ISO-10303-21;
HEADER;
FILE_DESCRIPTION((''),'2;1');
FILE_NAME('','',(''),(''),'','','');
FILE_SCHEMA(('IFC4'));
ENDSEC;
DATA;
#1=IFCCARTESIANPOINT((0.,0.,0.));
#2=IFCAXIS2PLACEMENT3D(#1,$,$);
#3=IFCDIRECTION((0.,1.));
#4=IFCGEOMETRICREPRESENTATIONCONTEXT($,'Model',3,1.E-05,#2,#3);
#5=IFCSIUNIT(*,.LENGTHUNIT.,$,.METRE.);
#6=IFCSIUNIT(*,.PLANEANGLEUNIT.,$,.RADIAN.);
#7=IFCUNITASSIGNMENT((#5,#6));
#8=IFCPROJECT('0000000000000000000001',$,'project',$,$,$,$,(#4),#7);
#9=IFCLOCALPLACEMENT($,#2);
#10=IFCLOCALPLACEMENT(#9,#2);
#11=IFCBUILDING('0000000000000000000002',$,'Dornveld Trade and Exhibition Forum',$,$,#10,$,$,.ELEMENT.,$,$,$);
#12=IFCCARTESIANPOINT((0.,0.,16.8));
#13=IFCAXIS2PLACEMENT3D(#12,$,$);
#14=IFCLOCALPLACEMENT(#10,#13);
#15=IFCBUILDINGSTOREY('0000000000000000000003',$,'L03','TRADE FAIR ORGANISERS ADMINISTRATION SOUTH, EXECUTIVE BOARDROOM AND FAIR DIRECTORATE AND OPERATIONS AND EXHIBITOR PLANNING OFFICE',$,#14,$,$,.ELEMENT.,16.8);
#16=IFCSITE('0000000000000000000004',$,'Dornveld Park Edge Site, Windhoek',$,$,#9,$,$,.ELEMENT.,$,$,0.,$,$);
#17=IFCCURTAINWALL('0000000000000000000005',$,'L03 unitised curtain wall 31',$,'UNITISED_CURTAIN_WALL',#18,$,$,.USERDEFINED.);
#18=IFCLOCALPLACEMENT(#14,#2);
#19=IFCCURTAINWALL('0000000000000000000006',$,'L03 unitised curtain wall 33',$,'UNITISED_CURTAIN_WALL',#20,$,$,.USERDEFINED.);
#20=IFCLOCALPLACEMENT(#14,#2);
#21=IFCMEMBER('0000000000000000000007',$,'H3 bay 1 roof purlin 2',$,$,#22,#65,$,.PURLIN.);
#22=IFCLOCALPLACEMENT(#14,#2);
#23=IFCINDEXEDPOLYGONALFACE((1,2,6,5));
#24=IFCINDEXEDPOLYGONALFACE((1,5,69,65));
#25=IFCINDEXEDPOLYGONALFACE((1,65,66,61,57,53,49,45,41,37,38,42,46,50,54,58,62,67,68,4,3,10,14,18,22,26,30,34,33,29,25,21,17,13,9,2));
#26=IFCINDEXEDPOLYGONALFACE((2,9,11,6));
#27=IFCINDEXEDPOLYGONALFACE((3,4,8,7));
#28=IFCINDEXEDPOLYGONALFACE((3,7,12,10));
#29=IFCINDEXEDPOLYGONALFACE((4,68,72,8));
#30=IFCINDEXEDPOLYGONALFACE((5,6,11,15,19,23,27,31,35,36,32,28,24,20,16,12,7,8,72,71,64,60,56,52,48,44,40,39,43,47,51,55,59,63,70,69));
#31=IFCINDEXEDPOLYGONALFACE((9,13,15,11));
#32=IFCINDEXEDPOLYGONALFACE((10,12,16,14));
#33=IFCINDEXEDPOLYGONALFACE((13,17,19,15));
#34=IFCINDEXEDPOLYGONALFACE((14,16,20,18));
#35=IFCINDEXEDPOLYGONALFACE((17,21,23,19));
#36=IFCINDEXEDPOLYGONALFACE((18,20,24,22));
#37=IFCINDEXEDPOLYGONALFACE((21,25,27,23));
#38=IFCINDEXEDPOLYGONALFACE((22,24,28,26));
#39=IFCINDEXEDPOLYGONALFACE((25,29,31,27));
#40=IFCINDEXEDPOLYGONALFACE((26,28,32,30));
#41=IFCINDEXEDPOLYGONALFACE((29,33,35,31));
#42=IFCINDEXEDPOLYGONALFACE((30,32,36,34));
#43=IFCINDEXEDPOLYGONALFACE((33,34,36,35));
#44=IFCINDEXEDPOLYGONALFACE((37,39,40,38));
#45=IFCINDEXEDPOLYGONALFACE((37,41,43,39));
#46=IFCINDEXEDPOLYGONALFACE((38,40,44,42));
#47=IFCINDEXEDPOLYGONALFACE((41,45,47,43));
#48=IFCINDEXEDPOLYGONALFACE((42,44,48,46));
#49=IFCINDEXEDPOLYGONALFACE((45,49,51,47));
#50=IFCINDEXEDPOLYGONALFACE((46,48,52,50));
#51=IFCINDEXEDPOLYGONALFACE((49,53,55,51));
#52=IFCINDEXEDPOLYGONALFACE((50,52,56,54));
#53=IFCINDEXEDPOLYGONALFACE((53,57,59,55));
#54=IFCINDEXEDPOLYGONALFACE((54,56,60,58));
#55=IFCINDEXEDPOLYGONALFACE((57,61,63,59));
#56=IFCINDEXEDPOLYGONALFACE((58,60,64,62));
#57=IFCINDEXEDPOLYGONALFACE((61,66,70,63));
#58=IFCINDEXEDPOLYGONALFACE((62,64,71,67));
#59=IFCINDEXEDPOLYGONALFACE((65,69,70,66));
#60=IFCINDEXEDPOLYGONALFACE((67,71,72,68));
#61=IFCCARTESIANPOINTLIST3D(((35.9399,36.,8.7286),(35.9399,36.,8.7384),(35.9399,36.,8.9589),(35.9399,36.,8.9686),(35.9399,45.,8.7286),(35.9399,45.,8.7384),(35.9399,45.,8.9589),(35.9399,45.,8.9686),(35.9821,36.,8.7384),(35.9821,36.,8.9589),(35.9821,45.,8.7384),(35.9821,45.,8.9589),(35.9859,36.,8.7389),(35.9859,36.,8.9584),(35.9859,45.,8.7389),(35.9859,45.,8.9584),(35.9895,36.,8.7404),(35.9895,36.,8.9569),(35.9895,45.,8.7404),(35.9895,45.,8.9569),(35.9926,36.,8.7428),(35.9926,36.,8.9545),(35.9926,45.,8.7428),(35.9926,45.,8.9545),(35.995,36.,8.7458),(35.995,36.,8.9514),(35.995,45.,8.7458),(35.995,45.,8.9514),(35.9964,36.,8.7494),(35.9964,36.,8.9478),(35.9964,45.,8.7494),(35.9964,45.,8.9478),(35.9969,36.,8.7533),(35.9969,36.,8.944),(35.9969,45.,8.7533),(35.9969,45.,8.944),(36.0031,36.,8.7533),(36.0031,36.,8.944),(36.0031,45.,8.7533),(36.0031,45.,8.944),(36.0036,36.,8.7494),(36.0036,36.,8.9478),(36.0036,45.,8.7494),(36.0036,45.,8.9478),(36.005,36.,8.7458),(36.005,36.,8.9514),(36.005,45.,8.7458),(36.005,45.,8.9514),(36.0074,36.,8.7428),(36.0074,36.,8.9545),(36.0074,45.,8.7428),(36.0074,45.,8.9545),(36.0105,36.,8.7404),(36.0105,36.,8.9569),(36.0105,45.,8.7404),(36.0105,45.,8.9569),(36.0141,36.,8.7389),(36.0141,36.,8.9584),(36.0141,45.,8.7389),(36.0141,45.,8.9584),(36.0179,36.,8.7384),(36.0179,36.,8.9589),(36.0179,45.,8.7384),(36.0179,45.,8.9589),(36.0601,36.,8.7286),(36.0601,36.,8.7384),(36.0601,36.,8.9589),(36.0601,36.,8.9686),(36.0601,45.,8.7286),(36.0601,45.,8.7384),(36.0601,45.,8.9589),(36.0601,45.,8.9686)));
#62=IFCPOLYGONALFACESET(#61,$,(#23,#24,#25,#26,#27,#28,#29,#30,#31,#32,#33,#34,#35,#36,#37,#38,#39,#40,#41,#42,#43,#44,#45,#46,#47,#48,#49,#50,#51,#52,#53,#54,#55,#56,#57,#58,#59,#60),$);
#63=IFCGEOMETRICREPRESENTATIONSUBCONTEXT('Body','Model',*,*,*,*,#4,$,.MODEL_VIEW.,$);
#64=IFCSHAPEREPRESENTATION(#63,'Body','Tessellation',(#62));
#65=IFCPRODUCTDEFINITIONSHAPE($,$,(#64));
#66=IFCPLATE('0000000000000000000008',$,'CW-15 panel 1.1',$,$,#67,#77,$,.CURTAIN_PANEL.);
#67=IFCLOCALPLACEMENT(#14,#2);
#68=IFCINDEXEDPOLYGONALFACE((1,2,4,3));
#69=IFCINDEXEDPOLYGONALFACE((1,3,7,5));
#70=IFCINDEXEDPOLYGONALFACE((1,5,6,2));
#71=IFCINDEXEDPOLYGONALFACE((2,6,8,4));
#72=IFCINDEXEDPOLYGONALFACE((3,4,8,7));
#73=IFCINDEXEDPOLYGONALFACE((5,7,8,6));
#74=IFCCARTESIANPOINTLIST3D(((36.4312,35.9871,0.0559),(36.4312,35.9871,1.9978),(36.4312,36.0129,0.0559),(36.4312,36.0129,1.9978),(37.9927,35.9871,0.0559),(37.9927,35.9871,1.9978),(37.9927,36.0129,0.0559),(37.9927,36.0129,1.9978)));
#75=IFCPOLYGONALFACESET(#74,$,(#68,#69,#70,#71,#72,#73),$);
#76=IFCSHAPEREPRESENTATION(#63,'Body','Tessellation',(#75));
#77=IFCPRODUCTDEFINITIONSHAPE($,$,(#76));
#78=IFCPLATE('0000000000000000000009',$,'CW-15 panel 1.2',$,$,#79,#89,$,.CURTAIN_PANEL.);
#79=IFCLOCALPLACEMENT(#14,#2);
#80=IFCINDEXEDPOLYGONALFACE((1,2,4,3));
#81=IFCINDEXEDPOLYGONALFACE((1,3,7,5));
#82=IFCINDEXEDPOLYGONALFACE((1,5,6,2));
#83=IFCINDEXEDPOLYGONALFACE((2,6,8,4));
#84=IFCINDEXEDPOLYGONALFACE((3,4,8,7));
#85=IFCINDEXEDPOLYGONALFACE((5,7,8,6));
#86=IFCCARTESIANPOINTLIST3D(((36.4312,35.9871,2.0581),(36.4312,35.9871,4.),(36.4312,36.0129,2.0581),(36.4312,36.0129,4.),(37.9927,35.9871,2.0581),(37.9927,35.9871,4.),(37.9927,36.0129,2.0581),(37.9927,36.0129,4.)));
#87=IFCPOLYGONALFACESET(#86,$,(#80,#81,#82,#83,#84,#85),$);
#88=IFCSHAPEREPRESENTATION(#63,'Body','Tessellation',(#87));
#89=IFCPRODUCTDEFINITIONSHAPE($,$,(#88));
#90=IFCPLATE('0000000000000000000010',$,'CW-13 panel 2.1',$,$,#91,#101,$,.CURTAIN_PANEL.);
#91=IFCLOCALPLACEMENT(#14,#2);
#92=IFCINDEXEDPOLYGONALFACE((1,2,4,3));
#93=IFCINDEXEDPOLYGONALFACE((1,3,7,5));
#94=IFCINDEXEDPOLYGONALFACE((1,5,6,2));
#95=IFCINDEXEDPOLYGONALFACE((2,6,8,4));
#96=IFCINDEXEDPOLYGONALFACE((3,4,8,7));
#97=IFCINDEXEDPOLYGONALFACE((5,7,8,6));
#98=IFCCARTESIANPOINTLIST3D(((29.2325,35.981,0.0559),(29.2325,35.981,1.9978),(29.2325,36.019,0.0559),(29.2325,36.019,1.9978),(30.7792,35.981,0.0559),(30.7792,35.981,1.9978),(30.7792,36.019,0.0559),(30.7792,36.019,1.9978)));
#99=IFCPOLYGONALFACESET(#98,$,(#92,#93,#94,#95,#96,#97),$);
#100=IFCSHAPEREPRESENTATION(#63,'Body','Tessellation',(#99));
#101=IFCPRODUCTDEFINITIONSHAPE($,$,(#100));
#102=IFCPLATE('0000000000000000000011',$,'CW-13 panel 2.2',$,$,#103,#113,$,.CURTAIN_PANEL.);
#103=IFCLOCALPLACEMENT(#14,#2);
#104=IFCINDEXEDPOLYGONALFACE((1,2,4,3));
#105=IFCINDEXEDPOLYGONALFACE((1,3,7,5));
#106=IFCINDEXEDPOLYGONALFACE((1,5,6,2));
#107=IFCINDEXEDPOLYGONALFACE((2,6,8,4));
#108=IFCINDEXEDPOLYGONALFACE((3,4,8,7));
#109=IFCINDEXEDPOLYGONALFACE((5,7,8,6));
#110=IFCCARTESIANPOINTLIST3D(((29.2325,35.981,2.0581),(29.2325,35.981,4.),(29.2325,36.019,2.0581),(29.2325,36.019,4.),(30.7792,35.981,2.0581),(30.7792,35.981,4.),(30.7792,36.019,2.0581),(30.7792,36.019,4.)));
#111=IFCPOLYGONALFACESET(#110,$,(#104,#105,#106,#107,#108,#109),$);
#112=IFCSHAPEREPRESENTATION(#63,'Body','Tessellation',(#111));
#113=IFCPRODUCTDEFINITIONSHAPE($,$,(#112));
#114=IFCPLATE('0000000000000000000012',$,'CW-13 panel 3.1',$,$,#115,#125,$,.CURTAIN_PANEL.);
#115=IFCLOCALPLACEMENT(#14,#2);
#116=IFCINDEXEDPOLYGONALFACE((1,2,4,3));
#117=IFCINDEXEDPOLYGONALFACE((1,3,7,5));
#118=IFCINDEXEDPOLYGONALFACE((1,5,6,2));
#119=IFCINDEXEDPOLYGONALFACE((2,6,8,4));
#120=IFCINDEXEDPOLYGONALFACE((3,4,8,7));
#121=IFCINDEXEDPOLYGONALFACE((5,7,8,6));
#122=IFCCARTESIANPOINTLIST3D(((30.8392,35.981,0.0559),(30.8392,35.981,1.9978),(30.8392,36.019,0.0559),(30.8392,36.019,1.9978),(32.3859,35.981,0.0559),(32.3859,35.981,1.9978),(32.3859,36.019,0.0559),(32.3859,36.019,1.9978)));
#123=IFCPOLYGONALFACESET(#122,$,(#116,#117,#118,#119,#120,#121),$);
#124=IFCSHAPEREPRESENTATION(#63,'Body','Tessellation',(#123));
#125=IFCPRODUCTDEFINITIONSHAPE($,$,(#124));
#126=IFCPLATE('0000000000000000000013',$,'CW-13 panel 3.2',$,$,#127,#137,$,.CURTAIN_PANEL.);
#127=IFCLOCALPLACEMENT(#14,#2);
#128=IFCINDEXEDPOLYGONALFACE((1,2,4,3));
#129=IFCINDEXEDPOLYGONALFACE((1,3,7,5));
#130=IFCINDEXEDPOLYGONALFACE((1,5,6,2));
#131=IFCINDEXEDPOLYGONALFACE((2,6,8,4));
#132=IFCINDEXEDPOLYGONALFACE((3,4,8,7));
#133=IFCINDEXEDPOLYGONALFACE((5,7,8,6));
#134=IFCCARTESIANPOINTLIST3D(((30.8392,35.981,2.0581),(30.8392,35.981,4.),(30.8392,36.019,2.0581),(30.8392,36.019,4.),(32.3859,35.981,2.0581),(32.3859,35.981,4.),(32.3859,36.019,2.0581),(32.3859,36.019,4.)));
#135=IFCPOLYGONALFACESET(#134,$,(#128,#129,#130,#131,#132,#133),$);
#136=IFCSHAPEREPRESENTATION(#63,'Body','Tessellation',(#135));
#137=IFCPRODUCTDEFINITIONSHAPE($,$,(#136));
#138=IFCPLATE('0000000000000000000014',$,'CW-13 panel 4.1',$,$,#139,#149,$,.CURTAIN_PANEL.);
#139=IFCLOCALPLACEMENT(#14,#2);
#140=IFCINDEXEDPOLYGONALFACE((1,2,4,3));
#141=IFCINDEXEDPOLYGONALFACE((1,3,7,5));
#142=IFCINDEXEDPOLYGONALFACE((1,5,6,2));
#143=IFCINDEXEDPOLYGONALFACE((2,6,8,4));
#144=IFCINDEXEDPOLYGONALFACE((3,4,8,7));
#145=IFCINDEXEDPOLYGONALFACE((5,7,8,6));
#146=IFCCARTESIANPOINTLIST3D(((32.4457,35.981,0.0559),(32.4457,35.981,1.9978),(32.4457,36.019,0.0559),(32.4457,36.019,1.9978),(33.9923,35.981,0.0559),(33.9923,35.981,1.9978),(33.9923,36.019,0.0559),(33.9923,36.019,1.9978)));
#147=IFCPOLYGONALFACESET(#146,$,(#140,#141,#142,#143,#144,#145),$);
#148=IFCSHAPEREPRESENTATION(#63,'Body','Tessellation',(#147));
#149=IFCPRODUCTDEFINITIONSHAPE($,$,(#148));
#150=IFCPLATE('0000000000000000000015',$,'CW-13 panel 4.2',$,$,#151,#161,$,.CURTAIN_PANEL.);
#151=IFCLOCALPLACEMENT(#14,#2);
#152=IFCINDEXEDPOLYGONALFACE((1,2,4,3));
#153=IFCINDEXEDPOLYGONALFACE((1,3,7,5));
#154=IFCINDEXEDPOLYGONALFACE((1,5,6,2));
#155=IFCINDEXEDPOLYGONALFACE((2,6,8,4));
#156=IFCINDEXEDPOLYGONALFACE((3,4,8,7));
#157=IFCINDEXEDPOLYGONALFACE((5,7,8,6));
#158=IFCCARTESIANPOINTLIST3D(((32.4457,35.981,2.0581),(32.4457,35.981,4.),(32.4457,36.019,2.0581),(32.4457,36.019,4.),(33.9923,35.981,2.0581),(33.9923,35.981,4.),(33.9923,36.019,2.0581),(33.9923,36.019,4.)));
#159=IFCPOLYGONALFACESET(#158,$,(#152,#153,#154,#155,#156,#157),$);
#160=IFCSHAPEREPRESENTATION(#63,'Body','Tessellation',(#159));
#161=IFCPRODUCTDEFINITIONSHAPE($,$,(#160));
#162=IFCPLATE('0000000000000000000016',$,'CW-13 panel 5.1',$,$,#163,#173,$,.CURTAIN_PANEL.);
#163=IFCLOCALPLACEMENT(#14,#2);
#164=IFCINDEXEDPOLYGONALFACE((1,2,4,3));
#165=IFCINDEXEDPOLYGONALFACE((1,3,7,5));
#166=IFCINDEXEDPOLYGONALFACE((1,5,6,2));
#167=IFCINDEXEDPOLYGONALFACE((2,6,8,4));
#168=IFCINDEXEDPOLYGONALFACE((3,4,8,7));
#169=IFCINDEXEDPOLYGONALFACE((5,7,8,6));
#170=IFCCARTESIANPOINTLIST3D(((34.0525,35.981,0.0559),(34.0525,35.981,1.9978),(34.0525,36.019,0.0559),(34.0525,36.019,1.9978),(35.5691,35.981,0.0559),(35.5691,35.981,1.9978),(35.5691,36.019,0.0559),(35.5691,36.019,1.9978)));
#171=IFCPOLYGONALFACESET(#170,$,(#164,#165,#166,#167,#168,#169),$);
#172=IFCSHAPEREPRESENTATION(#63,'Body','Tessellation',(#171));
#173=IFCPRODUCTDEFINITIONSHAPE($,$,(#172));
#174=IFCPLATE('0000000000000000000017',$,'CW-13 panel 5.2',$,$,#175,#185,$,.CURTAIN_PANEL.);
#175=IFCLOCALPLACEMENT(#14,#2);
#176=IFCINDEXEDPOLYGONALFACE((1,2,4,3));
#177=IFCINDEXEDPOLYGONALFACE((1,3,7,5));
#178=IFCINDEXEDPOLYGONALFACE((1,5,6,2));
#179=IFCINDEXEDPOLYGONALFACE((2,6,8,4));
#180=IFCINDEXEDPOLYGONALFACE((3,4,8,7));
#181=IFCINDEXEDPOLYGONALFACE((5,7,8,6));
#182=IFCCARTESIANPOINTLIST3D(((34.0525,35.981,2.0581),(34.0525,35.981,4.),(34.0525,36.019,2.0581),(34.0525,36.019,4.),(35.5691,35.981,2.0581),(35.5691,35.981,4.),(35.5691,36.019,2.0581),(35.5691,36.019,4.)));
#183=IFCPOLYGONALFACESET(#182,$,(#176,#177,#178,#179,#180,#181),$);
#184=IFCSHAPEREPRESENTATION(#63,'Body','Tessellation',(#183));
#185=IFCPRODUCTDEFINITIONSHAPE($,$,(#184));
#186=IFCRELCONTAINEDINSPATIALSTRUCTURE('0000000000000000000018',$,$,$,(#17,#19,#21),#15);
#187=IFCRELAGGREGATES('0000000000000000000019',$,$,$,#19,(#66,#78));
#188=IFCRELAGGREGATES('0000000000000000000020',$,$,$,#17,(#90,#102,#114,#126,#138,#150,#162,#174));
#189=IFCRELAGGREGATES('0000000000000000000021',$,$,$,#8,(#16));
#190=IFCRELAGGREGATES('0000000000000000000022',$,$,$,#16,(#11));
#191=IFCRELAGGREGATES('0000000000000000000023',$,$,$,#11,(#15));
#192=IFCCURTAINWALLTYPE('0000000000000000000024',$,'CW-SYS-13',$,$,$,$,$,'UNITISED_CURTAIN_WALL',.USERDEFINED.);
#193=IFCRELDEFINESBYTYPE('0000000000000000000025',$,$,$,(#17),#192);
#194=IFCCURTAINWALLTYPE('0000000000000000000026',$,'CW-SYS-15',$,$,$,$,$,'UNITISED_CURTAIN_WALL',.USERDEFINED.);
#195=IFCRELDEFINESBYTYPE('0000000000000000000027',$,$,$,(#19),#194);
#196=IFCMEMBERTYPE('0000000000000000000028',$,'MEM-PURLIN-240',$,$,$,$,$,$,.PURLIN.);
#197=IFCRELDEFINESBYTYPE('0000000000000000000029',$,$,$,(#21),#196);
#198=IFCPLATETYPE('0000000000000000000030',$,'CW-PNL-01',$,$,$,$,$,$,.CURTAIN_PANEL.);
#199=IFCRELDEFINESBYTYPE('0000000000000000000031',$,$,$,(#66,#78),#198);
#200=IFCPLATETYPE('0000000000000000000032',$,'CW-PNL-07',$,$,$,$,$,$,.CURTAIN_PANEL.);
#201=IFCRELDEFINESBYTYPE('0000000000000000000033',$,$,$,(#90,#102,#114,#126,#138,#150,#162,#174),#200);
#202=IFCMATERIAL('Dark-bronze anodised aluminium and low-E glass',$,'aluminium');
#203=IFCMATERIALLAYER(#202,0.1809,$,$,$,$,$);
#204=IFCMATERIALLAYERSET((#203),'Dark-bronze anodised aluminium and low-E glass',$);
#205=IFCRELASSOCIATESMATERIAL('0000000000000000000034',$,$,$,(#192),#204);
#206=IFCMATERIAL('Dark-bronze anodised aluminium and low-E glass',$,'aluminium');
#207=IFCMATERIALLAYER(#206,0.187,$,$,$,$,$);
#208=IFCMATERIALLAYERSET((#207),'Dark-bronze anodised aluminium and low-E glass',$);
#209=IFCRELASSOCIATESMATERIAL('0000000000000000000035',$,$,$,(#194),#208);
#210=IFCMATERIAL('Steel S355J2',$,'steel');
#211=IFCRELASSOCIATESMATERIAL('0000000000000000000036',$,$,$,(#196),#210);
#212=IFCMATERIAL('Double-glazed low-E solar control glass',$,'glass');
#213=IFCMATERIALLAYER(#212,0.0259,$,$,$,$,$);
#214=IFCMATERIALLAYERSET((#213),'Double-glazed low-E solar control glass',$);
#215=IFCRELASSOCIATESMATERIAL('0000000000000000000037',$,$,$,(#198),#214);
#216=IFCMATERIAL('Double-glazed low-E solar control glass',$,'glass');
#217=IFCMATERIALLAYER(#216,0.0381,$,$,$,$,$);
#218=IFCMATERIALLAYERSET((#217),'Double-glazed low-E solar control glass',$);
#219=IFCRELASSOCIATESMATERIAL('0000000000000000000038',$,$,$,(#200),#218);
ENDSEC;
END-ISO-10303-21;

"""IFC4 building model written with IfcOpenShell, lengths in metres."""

from ifc_helpers import new_model, si_unit, direction, frame, origin, origin_2d, place, context, subcontext, project, spatial, rectangle, i_section, extrude, material, layer, layer_set, material_profile, profile_set, type_object, element, aggregate, save


model = new_model("IFC4")

# Units and contexts
model_context = context("Model", 3, precision=1e-05, world=origin(), true_north=direction((0.0, 1.0)))
body_context = subcontext(model_context, "Body", "Model", "MODEL_VIEW")
ifc_project = project(units=[si_unit("LENGTHUNIT", "METRE"), si_unit("PLANEANGLEUNIT", "RADIAN")], contexts=[model_context])

# Site, building, storey
site_placement = place(None, origin())
site = spatial("IfcSite", under=ifc_project, at=site_placement, Name="Dornveld Park Edge Site, Windhoek", CompositionType="ELEMENT", RefElevation=0.0)
building_placement = place(site_placement, origin())
building = spatial("IfcBuilding", under=site, at=building_placement, Name="Dornveld Trade and Exhibition Forum", CompositionType="ELEMENT")
storey_placement = place(building_placement, frame((0.0, 0.0, 16.8)))
storey = spatial("IfcBuildingStorey", under=building, at=storey_placement, Name="L03", Description="TRADE FAIR ORGANISERS ADMINISTRATION SOUTH, EXECUTIVE BOARDROOM AND FAIR DIRECTORATE AND OPERATIONS AND EXHIBITOR PLANNING OFFICE", CompositionType="ELEMENT", Elevation=16.8)

# Curtain walls
ifc_material_1 = material(Name="Dark-bronze anodised aluminium and low-E glass", Category="aluminium")
ifc_layer_1 = layer(ifc_material_1, 0.1809)
ifc_layer_set_1 = layer_set([ifc_layer_1], Name="Dark-bronze anodised aluminium and low-E glass")
curtain_wall_type_1 = type_object("IfcCurtainWallType", Name="CW-SYS-13", ElementType="UNITISED_CURTAIN_WALL", PredefinedType="USERDEFINED", material=ifc_layer_set_1)
curtain_wall_1_placement = place(storey_placement, origin())
curtain_wall_1 = element("IfcCurtainWall", 1, at=curtain_wall_1_placement, inside=storey, type_object=curtain_wall_type_1, Name="L03 unitised curtain wall 31", ObjectType="UNITISED_CURTAIN_WALL", PredefinedType="USERDEFINED")
ifc_material_2 = material(Name="Dark-bronze anodised aluminium and low-E glass", Category="aluminium")
ifc_layer_2 = layer(ifc_material_2, 0.187)
ifc_layer_set_2 = layer_set([ifc_layer_2], Name="Dark-bronze anodised aluminium and low-E glass")
curtain_wall_type_2 = type_object("IfcCurtainWallType", Name="CW-SYS-15", ElementType="UNITISED_CURTAIN_WALL", PredefinedType="USERDEFINED", material=ifc_layer_set_2)
curtain_wall_2_placement = place(storey_placement, origin())
curtain_wall_2 = element("IfcCurtainWall", 2, at=curtain_wall_2_placement, inside=storey, type_object=curtain_wall_type_2, Name="L03 unitised curtain wall 33", ObjectType="UNITISED_CURTAIN_WALL", PredefinedType="USERDEFINED")

# Member
ifc_material_3 = material(Name="Steel S355J2", Category="steel")
ifc_material_profile_1 = material_profile(ifc_material_3, i_section(OverallWidth=0.1201, OverallDepth=0.24, WebThickness=0.0061, FlangeThickness=0.0098, FilletRadius=0.0149, at=origin_2d()), Name="IPE 240")
ifc_profile_set_1 = profile_set([ifc_material_profile_1], Name="Steel S355J2")
member_type_1 = type_object("IfcMemberType", Name="MEM-PURLIN-240", PredefinedType="PURLIN", material=ifc_profile_set_1)
member_1_placement = place(storey_placement, frame((36.0, 36.0, 8.8486), z_axis=(0.0, 1.0, 0.0), x_axis=(-1.0, 0.0, 0.0)))
element("IfcMember", 3, at=member_1_placement, inside=storey, type_object=member_type_1, Name="H3 bay 1 roof purlin 2", PredefinedType="PURLIN", context=body_context, shape_type="SweptSolid", body=[
    extrude(i_section(OverallWidth=0.1201, OverallDepth=0.24, WebThickness=0.0061, FlangeThickness=0.0098, FilletRadius=0.0149, at=origin_2d()), origin(), (0.0, 0.0, 1.0), 9.0),
])

# Plates
ifc_material_4 = material(Name="Double-glazed low-E solar control glass", Category="glass")
ifc_layer_3 = layer(ifc_material_4, 0.0259)
ifc_layer_set_3 = layer_set([ifc_layer_3], Name="Double-glazed low-E solar control glass")
plate_type_1 = type_object("IfcPlateType", Name="CW-PNL-01", PredefinedType="CURTAIN_PANEL", material=ifc_layer_set_3)
plate_1_placement = place(storey_placement, frame((37.2119, 36.0, 0.0559), z_axis=(0.0, 0.0, 1.0), x_axis=(1.0, 0.0, 0.0)))
plate_1 = element("IfcPlate", 4, at=plate_1_placement, type_object=plate_type_1, Name="CW-15 panel 1.1", PredefinedType="CURTAIN_PANEL", context=body_context, shape_type="SweptSolid", body=[
    extrude(rectangle(XDim=1.5615, YDim=0.0259, at=origin_2d()), origin(), (0.0, 0.0, 1.0), 1.9419),
])
plate_2_placement = place(storey_placement, frame((37.2119, 36.0, 2.0581), z_axis=(0.0, 0.0, 1.0), x_axis=(1.0, 0.0, 0.0)))
plate_2 = element("IfcPlate", 5, at=plate_2_placement, type_object=plate_type_1, Name="CW-15 panel 1.2", PredefinedType="CURTAIN_PANEL", context=body_context, shape_type="SweptSolid", body=[
    extrude(rectangle(XDim=1.5615, YDim=0.0259, at=origin_2d()), origin(), (0.0, 0.0, 1.0), 1.9419),
])
aggregate(curtain_wall_2, [plate_1, plate_2])
ifc_material_5 = material(Name="Double-glazed low-E solar control glass", Category="glass")
ifc_layer_4 = layer(ifc_material_5, 0.0381)
ifc_layer_set_4 = layer_set([ifc_layer_4], Name="Double-glazed low-E solar control glass")
plate_type_2 = type_object("IfcPlateType", Name="CW-PNL-07", PredefinedType="CURTAIN_PANEL", material=ifc_layer_set_4)
plate_3_placement = place(storey_placement, frame((30.0059, 36.0, 0.0559), z_axis=(0.0, 0.0, 1.0), x_axis=(1.0, 0.0, 0.0)))
plate_3 = element("IfcPlate", 6, at=plate_3_placement, type_object=plate_type_2, Name="CW-13 panel 2.1", PredefinedType="CURTAIN_PANEL", context=body_context, shape_type="SweptSolid", body=[
    extrude(rectangle(XDim=1.5466, YDim=0.0381, at=origin_2d()), origin(), (0.0, 0.0, 1.0), 1.9419),
])
plate_4_placement = place(storey_placement, frame((30.0059, 36.0, 2.0581), z_axis=(0.0, 0.0, 1.0), x_axis=(1.0, 0.0, 0.0)))
plate_4 = element("IfcPlate", 7, at=plate_4_placement, type_object=plate_type_2, Name="CW-13 panel 2.2", PredefinedType="CURTAIN_PANEL", context=body_context, shape_type="SweptSolid", body=[
    extrude(rectangle(XDim=1.5466, YDim=0.0381, at=origin_2d()), origin(), (0.0, 0.0, 1.0), 1.9419),
])
plate_5_placement = place(storey_placement, frame((31.6125, 36.0, 0.0559), z_axis=(0.0, 0.0, 1.0), x_axis=(1.0, 0.0, 0.0)))
plate_5 = element("IfcPlate", 8, at=plate_5_placement, type_object=plate_type_2, Name="CW-13 panel 3.1", PredefinedType="CURTAIN_PANEL", context=body_context, shape_type="SweptSolid", body=[
    extrude(rectangle(XDim=1.5466, YDim=0.0381, at=origin_2d()), origin(), (0.0, 0.0, 1.0), 1.9419),
])
plate_6_placement = place(storey_placement, frame((31.6125, 36.0, 2.0581), z_axis=(0.0, 0.0, 1.0), x_axis=(1.0, 0.0, 0.0)))
plate_6 = element("IfcPlate", 9, at=plate_6_placement, type_object=plate_type_2, Name="CW-13 panel 3.2", PredefinedType="CURTAIN_PANEL", context=body_context, shape_type="SweptSolid", body=[
    extrude(rectangle(XDim=1.5466, YDim=0.0381, at=origin_2d()), origin(), (0.0, 0.0, 1.0), 1.9419),
])
plate_7_placement = place(storey_placement, frame((33.219, 36.0, 0.0559), z_axis=(0.0, 0.0, 1.0), x_axis=(1.0, 0.0, 0.0)))
plate_7 = element("IfcPlate", 10, at=plate_7_placement, type_object=plate_type_2, Name="CW-13 panel 4.1", PredefinedType="CURTAIN_PANEL", context=body_context, shape_type="SweptSolid", body=[
    extrude(rectangle(XDim=1.5466, YDim=0.0381, at=origin_2d()), origin(), (0.0, 0.0, 1.0), 1.9419),
])
plate_8_placement = place(storey_placement, frame((33.219, 36.0, 2.0581), z_axis=(0.0, 0.0, 1.0), x_axis=(1.0, 0.0, 0.0)))
plate_8 = element("IfcPlate", 11, at=plate_8_placement, type_object=plate_type_2, Name="CW-13 panel 4.2", PredefinedType="CURTAIN_PANEL", context=body_context, shape_type="SweptSolid", body=[
    extrude(rectangle(XDim=1.5466, YDim=0.0381, at=origin_2d()), origin(), (0.0, 0.0, 1.0), 1.9419),
])
plate_9_placement = place(storey_placement, frame((34.8108, 36.0, 0.0559), z_axis=(0.0, 0.0, 1.0), x_axis=(1.0, 0.0, 0.0)))
plate_9 = element("IfcPlate", 12, at=plate_9_placement, type_object=plate_type_2, Name="CW-13 panel 5.1", PredefinedType="CURTAIN_PANEL", context=body_context, shape_type="SweptSolid", body=[
    extrude(rectangle(XDim=1.5166, YDim=0.0381, at=origin_2d()), origin(), (0.0, 0.0, 1.0), 1.9419),
])
plate_10_placement = place(storey_placement, frame((34.8108, 36.0, 2.0581), z_axis=(0.0, 0.0, 1.0), x_axis=(1.0, 0.0, 0.0)))
plate_10 = element("IfcPlate", 13, at=plate_10_placement, type_object=plate_type_2, Name="CW-13 panel 5.2", PredefinedType="CURTAIN_PANEL", context=body_context, shape_type="SweptSolid", body=[
    extrude(rectangle(XDim=1.5166, YDim=0.0381, at=origin_2d()), origin(), (0.0, 0.0, 1.0), 1.9419),
])
aggregate(curtain_wall_1, [plate_3, plate_4, plate_5, plate_6, plate_7, plate_8, plate_9, plate_10])

save(model, "model.ifc")
